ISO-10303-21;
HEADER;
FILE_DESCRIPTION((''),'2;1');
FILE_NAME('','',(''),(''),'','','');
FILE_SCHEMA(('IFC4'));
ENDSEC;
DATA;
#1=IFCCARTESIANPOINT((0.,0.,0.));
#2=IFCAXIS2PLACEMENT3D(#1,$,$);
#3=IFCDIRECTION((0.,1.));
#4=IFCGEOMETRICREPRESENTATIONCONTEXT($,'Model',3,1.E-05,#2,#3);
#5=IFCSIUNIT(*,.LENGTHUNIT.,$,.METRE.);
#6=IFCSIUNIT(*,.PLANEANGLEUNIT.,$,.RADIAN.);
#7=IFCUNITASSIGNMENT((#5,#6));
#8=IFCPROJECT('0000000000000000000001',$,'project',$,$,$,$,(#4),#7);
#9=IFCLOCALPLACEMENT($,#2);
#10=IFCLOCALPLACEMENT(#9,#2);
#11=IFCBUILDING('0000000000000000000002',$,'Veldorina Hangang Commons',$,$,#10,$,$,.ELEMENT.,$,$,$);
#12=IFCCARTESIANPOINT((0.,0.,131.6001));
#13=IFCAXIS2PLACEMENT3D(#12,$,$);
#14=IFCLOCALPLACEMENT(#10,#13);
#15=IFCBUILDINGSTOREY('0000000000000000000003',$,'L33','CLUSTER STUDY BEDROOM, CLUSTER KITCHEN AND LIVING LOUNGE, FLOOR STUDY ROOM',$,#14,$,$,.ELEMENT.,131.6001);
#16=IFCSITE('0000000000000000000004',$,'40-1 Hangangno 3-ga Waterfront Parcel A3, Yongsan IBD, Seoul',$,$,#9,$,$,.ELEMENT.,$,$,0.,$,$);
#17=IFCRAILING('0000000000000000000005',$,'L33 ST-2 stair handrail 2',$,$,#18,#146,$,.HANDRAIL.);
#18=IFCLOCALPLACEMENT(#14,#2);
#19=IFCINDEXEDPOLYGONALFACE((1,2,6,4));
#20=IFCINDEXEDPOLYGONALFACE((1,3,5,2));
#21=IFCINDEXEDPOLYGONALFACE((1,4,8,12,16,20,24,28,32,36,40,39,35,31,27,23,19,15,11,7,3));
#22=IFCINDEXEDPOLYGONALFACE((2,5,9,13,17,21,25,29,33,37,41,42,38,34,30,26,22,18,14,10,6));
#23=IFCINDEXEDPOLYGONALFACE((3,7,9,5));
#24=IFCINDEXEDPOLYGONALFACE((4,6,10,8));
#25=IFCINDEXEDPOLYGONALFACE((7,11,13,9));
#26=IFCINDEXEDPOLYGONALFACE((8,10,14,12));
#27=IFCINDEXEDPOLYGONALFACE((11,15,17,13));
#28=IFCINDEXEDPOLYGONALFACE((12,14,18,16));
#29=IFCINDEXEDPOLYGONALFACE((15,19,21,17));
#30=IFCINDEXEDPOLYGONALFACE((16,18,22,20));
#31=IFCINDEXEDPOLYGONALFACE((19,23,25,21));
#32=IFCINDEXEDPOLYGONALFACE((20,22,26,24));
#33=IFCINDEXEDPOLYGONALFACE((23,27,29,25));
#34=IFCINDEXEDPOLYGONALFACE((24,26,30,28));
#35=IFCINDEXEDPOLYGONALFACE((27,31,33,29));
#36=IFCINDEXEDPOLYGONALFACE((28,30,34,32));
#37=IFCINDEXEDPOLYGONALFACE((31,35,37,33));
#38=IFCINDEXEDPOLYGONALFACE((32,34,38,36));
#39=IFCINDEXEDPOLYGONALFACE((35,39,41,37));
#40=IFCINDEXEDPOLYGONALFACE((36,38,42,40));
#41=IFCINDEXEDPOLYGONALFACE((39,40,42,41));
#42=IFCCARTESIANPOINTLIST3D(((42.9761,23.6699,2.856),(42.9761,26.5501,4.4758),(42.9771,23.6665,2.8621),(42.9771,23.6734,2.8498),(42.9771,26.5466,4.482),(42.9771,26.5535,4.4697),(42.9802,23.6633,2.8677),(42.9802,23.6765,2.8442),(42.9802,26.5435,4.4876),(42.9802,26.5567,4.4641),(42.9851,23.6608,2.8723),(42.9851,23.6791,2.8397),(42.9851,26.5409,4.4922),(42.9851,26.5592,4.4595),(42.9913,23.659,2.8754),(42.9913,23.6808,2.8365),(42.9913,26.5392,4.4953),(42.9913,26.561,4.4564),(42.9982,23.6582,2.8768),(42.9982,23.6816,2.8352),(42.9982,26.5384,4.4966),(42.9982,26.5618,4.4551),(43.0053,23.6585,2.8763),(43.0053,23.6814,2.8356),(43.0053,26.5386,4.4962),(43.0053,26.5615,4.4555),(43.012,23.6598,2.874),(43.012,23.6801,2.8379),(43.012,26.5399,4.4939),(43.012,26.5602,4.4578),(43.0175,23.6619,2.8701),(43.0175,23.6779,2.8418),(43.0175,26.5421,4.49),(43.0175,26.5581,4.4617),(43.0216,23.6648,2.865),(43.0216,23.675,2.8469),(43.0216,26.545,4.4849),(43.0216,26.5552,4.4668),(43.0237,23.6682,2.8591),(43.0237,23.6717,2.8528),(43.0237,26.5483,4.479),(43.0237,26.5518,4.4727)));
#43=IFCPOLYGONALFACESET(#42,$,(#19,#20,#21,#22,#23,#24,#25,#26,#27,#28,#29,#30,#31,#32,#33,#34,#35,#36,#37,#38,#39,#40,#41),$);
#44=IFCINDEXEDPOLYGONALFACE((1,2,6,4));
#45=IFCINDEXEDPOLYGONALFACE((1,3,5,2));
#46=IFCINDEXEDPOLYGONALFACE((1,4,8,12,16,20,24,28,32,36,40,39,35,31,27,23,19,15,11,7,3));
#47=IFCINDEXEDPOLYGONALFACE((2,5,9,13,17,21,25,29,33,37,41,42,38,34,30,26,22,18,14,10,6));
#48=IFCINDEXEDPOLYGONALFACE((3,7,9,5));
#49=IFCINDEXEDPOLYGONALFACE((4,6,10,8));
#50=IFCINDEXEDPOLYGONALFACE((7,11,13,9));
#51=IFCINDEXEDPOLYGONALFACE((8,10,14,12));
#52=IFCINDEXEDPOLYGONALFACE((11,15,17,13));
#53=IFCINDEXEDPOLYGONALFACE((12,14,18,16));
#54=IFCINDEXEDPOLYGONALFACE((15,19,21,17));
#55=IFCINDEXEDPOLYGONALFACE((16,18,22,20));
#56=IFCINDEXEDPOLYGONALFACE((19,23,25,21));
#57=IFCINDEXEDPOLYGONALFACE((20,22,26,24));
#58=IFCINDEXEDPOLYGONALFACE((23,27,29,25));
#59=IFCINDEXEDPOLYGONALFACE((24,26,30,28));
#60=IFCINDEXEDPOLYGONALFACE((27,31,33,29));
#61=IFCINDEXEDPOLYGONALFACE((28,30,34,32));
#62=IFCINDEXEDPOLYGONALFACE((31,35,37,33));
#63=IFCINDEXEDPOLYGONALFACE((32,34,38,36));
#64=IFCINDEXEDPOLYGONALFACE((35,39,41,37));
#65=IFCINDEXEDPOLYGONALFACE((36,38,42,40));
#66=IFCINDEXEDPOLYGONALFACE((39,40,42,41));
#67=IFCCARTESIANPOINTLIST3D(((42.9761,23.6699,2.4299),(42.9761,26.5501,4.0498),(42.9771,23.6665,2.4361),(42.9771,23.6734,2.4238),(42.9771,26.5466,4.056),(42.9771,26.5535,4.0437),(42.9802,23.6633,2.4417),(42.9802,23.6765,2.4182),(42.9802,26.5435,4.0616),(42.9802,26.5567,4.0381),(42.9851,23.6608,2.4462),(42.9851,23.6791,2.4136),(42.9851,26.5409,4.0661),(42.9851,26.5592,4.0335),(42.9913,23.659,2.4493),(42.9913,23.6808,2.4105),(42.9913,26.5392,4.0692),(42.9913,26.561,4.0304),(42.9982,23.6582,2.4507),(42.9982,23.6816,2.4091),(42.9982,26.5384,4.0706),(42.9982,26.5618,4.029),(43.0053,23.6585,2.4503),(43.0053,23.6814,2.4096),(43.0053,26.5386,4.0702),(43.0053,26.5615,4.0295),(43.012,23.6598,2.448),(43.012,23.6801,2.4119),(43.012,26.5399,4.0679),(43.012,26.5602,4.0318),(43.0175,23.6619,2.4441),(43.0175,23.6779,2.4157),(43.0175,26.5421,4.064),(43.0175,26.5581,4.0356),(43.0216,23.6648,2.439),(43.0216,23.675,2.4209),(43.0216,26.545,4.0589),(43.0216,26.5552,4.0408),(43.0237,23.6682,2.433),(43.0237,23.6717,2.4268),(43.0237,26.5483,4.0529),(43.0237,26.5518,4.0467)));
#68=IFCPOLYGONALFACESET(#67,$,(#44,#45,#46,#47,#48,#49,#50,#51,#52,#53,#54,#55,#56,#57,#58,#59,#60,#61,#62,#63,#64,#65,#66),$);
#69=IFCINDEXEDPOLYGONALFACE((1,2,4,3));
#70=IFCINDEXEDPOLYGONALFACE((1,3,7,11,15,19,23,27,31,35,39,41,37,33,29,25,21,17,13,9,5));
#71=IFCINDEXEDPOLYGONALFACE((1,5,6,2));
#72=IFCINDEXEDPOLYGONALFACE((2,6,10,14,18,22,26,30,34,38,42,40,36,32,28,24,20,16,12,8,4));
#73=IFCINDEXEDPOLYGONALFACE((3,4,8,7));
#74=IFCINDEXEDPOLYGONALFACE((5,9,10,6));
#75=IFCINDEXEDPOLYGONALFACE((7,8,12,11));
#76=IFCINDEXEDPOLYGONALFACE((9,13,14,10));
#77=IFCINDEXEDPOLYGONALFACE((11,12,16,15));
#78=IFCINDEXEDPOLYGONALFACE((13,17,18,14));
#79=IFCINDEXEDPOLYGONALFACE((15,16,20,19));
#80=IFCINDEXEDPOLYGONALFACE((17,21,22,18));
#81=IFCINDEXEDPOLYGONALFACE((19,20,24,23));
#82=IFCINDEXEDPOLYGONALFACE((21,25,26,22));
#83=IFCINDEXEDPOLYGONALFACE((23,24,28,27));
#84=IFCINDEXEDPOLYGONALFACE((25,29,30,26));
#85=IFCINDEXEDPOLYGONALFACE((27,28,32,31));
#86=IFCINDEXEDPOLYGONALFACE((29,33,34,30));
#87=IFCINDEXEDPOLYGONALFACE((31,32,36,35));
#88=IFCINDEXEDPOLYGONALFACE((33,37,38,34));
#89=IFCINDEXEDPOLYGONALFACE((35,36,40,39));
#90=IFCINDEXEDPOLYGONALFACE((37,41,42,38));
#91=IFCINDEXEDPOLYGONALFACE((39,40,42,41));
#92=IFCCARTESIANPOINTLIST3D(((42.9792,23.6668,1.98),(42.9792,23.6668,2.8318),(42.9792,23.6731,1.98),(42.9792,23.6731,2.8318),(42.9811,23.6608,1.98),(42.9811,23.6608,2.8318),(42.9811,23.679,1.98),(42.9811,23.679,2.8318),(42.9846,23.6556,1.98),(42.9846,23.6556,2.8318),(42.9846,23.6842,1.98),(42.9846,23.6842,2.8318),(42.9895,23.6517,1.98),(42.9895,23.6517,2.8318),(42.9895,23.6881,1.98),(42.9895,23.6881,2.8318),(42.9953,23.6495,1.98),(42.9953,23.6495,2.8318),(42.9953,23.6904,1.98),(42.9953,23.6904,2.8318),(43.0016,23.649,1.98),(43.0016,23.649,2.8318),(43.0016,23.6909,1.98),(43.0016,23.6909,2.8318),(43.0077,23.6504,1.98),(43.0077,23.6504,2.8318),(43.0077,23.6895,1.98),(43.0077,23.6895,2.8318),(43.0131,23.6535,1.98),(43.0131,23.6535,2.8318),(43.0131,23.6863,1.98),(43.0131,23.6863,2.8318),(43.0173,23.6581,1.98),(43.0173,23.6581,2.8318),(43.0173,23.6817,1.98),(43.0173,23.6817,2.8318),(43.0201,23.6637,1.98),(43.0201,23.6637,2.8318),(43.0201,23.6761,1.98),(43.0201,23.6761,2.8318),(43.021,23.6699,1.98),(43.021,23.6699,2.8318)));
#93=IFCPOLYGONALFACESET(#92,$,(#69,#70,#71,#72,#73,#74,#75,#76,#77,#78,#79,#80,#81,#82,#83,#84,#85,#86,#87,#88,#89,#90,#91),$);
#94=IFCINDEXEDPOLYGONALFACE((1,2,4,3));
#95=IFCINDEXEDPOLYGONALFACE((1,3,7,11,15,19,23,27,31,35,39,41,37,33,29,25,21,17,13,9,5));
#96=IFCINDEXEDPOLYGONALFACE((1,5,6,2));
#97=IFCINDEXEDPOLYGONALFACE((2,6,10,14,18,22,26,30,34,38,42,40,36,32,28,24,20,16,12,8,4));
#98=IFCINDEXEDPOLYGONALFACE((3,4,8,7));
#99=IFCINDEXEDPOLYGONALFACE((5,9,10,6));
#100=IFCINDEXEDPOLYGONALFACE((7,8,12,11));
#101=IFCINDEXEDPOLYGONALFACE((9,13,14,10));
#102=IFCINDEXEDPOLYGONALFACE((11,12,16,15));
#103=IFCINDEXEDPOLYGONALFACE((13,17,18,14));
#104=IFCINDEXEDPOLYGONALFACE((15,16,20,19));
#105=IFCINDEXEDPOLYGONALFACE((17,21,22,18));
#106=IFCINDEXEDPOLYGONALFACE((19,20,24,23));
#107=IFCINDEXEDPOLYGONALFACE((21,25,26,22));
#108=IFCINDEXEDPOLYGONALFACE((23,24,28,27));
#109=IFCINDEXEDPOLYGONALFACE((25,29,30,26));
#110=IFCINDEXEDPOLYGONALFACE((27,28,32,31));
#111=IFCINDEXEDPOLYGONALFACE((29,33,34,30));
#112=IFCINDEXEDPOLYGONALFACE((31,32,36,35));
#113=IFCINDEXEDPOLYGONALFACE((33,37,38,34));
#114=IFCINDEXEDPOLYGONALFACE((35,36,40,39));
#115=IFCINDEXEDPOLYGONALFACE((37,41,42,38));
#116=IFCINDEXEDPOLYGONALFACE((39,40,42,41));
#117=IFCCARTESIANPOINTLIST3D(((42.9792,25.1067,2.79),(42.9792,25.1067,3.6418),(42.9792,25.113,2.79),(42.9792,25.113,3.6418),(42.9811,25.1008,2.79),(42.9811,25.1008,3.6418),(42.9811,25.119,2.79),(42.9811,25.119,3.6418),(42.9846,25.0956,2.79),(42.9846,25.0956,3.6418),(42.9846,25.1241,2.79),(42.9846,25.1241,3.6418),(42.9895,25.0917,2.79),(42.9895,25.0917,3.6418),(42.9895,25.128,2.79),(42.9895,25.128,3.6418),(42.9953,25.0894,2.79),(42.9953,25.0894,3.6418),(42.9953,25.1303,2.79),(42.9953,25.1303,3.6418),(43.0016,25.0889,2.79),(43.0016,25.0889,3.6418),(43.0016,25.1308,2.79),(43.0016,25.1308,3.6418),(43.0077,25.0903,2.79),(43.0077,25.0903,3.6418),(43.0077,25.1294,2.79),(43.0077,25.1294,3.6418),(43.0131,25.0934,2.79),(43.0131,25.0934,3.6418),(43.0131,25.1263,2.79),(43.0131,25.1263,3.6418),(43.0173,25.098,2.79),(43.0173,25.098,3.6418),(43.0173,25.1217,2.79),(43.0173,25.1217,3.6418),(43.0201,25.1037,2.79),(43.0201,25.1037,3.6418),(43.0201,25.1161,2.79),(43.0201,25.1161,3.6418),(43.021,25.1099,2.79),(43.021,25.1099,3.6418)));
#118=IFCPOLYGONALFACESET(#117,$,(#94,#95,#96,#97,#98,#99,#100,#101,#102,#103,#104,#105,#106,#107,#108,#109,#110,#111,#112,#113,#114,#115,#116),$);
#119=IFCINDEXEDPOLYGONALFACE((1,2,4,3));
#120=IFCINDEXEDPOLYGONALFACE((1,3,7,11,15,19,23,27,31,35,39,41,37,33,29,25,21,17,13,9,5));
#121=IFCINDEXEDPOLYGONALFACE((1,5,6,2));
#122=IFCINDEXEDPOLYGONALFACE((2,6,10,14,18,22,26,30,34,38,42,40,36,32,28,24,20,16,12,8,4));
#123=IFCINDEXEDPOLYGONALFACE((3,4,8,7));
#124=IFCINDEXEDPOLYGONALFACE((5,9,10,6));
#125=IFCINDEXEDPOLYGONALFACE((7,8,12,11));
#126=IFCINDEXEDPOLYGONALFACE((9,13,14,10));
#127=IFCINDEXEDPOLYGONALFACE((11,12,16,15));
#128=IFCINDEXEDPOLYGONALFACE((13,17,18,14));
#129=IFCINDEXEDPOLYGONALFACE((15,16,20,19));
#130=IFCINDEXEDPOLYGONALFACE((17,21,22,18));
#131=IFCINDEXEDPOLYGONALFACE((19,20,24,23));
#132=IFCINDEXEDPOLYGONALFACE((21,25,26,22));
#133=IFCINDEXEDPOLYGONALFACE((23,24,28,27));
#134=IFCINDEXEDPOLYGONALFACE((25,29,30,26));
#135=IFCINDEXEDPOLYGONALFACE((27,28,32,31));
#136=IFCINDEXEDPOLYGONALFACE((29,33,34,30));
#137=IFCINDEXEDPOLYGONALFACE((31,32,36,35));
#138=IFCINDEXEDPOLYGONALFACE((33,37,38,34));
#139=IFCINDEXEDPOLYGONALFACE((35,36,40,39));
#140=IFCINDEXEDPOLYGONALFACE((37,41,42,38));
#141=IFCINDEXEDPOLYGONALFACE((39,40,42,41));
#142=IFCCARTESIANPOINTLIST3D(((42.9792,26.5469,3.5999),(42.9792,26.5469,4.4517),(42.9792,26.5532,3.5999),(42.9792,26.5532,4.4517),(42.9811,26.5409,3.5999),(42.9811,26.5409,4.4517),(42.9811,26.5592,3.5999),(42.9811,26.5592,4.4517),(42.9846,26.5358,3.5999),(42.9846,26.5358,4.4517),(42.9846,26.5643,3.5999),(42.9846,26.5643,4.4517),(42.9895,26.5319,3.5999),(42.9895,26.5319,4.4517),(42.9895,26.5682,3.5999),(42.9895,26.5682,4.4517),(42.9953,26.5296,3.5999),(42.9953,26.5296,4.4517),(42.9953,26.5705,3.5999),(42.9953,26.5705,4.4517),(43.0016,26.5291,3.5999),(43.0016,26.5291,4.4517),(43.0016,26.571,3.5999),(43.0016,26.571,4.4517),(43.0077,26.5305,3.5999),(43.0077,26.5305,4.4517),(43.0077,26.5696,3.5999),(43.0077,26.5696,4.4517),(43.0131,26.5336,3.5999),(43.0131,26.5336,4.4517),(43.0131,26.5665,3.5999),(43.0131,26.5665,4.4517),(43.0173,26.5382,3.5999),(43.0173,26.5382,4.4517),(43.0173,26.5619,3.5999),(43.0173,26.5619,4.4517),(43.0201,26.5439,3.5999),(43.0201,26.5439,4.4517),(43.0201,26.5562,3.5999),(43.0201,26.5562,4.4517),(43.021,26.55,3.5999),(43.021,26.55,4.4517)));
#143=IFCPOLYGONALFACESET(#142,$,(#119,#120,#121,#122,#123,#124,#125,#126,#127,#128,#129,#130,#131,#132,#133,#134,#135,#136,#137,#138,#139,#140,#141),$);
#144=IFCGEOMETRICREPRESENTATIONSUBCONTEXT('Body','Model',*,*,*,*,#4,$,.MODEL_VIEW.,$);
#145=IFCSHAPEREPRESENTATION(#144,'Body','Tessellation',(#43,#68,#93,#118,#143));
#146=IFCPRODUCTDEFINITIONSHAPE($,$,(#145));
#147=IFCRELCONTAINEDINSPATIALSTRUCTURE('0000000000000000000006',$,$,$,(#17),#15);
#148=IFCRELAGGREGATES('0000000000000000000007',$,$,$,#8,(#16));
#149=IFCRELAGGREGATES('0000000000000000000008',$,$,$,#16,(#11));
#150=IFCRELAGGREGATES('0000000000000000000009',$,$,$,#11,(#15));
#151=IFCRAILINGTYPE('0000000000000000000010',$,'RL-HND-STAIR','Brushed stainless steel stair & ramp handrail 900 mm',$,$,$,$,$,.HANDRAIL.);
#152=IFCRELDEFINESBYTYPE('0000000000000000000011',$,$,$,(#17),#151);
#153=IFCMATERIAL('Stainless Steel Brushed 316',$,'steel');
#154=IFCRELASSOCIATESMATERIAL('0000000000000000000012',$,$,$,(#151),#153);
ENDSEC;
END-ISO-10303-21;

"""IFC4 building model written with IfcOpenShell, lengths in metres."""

from ifc_helpers import new_model, si_unit, direction, frame, origin, origin_2d, place, context, subcontext, project, spatial, circle, extrude, material, type_object, element, save


model = new_model("IFC4")

# Units and contexts
model_context = context("Model", 3, precision=1e-05, world=origin(), true_north=direction((0.0, 1.0)))
body_context = subcontext(model_context, "Body", "Model", "MODEL_VIEW")
ifc_project = project(units=[si_unit("LENGTHUNIT", "METRE"), si_unit("PLANEANGLEUNIT", "RADIAN")], contexts=[model_context])

# Site, building, storey
site_placement = place(None, origin())
site = spatial("IfcSite", under=ifc_project, at=site_placement, Name="40-1 Hangangno 3-ga Waterfront Parcel A3, Yongsan IBD, Seoul", CompositionType="ELEMENT", RefElevation=0.0)
building_placement = place(site_placement, origin())
building = spatial("IfcBuilding", under=site, at=building_placement, Name="Veldorina Hangang Commons", CompositionType="ELEMENT")
storey_placement = place(building_placement, frame((0.0, 0.0, 131.6001)))
storey = spatial("IfcBuildingStorey", under=building, at=storey_placement, Name="L33", Description="CLUSTER STUDY BEDROOM, CLUSTER KITCHEN AND LIVING LOUNGE, FLOOR STUDY ROOM", CompositionType="ELEMENT", Elevation=131.6001)

# Railing
ifc_material_1 = material(Name="Stainless Steel Brushed 316", Category="steel")
railing_type_1 = type_object("IfcRailingType", Name="RL-HND-STAIR", Description="Brushed stainless steel stair & ramp handrail 900 mm", PredefinedType="HANDRAIL", material=ifc_material_1)
railing_1_placement = place(storey_placement, frame((43.0, 23.6699, 1.98)))
element("IfcRailing", 1, at=railing_1_placement, inside=storey, type_object=railing_type_1, Name="L33 ST-2 stair handrail 2", PredefinedType="HANDRAIL", context=body_context, shape_type="SweptSolid", body=[
    extrude(circle(Radius=0.0239, at=origin_2d()), frame((0.0, 0.0, 0.876), z_axis=(0.0, 0.871601, 0.490216), x_axis=(-1.0, 0.0, 0.0)), (0.0, 0.0, 1.0), 3.3044),
    extrude(circle(Radius=0.0239, at=origin_2d()), frame((0.0, 0.0, 0.45), z_axis=(0.0, 0.871601, 0.490216), x_axis=(-1.0, 0.0, 0.0)), (0.0, 0.0, 1.0), 3.3044),
    extrude(circle(Radius=0.021, at=origin_2d()), origin(), (0.0, 0.0, 1.0), 0.8518),
    extrude(circle(Radius=0.021, at=origin_2d()), frame((0.0, 1.4399, 0.8101)), (0.0, 0.0, 1.0), 0.8518),
    extrude(circle(Radius=0.021, at=origin_2d()), frame((0.0, 2.8801, 1.6199)), (0.0, 0.0, 1.0), 0.8518),
])

save(model, "model.ifc")
